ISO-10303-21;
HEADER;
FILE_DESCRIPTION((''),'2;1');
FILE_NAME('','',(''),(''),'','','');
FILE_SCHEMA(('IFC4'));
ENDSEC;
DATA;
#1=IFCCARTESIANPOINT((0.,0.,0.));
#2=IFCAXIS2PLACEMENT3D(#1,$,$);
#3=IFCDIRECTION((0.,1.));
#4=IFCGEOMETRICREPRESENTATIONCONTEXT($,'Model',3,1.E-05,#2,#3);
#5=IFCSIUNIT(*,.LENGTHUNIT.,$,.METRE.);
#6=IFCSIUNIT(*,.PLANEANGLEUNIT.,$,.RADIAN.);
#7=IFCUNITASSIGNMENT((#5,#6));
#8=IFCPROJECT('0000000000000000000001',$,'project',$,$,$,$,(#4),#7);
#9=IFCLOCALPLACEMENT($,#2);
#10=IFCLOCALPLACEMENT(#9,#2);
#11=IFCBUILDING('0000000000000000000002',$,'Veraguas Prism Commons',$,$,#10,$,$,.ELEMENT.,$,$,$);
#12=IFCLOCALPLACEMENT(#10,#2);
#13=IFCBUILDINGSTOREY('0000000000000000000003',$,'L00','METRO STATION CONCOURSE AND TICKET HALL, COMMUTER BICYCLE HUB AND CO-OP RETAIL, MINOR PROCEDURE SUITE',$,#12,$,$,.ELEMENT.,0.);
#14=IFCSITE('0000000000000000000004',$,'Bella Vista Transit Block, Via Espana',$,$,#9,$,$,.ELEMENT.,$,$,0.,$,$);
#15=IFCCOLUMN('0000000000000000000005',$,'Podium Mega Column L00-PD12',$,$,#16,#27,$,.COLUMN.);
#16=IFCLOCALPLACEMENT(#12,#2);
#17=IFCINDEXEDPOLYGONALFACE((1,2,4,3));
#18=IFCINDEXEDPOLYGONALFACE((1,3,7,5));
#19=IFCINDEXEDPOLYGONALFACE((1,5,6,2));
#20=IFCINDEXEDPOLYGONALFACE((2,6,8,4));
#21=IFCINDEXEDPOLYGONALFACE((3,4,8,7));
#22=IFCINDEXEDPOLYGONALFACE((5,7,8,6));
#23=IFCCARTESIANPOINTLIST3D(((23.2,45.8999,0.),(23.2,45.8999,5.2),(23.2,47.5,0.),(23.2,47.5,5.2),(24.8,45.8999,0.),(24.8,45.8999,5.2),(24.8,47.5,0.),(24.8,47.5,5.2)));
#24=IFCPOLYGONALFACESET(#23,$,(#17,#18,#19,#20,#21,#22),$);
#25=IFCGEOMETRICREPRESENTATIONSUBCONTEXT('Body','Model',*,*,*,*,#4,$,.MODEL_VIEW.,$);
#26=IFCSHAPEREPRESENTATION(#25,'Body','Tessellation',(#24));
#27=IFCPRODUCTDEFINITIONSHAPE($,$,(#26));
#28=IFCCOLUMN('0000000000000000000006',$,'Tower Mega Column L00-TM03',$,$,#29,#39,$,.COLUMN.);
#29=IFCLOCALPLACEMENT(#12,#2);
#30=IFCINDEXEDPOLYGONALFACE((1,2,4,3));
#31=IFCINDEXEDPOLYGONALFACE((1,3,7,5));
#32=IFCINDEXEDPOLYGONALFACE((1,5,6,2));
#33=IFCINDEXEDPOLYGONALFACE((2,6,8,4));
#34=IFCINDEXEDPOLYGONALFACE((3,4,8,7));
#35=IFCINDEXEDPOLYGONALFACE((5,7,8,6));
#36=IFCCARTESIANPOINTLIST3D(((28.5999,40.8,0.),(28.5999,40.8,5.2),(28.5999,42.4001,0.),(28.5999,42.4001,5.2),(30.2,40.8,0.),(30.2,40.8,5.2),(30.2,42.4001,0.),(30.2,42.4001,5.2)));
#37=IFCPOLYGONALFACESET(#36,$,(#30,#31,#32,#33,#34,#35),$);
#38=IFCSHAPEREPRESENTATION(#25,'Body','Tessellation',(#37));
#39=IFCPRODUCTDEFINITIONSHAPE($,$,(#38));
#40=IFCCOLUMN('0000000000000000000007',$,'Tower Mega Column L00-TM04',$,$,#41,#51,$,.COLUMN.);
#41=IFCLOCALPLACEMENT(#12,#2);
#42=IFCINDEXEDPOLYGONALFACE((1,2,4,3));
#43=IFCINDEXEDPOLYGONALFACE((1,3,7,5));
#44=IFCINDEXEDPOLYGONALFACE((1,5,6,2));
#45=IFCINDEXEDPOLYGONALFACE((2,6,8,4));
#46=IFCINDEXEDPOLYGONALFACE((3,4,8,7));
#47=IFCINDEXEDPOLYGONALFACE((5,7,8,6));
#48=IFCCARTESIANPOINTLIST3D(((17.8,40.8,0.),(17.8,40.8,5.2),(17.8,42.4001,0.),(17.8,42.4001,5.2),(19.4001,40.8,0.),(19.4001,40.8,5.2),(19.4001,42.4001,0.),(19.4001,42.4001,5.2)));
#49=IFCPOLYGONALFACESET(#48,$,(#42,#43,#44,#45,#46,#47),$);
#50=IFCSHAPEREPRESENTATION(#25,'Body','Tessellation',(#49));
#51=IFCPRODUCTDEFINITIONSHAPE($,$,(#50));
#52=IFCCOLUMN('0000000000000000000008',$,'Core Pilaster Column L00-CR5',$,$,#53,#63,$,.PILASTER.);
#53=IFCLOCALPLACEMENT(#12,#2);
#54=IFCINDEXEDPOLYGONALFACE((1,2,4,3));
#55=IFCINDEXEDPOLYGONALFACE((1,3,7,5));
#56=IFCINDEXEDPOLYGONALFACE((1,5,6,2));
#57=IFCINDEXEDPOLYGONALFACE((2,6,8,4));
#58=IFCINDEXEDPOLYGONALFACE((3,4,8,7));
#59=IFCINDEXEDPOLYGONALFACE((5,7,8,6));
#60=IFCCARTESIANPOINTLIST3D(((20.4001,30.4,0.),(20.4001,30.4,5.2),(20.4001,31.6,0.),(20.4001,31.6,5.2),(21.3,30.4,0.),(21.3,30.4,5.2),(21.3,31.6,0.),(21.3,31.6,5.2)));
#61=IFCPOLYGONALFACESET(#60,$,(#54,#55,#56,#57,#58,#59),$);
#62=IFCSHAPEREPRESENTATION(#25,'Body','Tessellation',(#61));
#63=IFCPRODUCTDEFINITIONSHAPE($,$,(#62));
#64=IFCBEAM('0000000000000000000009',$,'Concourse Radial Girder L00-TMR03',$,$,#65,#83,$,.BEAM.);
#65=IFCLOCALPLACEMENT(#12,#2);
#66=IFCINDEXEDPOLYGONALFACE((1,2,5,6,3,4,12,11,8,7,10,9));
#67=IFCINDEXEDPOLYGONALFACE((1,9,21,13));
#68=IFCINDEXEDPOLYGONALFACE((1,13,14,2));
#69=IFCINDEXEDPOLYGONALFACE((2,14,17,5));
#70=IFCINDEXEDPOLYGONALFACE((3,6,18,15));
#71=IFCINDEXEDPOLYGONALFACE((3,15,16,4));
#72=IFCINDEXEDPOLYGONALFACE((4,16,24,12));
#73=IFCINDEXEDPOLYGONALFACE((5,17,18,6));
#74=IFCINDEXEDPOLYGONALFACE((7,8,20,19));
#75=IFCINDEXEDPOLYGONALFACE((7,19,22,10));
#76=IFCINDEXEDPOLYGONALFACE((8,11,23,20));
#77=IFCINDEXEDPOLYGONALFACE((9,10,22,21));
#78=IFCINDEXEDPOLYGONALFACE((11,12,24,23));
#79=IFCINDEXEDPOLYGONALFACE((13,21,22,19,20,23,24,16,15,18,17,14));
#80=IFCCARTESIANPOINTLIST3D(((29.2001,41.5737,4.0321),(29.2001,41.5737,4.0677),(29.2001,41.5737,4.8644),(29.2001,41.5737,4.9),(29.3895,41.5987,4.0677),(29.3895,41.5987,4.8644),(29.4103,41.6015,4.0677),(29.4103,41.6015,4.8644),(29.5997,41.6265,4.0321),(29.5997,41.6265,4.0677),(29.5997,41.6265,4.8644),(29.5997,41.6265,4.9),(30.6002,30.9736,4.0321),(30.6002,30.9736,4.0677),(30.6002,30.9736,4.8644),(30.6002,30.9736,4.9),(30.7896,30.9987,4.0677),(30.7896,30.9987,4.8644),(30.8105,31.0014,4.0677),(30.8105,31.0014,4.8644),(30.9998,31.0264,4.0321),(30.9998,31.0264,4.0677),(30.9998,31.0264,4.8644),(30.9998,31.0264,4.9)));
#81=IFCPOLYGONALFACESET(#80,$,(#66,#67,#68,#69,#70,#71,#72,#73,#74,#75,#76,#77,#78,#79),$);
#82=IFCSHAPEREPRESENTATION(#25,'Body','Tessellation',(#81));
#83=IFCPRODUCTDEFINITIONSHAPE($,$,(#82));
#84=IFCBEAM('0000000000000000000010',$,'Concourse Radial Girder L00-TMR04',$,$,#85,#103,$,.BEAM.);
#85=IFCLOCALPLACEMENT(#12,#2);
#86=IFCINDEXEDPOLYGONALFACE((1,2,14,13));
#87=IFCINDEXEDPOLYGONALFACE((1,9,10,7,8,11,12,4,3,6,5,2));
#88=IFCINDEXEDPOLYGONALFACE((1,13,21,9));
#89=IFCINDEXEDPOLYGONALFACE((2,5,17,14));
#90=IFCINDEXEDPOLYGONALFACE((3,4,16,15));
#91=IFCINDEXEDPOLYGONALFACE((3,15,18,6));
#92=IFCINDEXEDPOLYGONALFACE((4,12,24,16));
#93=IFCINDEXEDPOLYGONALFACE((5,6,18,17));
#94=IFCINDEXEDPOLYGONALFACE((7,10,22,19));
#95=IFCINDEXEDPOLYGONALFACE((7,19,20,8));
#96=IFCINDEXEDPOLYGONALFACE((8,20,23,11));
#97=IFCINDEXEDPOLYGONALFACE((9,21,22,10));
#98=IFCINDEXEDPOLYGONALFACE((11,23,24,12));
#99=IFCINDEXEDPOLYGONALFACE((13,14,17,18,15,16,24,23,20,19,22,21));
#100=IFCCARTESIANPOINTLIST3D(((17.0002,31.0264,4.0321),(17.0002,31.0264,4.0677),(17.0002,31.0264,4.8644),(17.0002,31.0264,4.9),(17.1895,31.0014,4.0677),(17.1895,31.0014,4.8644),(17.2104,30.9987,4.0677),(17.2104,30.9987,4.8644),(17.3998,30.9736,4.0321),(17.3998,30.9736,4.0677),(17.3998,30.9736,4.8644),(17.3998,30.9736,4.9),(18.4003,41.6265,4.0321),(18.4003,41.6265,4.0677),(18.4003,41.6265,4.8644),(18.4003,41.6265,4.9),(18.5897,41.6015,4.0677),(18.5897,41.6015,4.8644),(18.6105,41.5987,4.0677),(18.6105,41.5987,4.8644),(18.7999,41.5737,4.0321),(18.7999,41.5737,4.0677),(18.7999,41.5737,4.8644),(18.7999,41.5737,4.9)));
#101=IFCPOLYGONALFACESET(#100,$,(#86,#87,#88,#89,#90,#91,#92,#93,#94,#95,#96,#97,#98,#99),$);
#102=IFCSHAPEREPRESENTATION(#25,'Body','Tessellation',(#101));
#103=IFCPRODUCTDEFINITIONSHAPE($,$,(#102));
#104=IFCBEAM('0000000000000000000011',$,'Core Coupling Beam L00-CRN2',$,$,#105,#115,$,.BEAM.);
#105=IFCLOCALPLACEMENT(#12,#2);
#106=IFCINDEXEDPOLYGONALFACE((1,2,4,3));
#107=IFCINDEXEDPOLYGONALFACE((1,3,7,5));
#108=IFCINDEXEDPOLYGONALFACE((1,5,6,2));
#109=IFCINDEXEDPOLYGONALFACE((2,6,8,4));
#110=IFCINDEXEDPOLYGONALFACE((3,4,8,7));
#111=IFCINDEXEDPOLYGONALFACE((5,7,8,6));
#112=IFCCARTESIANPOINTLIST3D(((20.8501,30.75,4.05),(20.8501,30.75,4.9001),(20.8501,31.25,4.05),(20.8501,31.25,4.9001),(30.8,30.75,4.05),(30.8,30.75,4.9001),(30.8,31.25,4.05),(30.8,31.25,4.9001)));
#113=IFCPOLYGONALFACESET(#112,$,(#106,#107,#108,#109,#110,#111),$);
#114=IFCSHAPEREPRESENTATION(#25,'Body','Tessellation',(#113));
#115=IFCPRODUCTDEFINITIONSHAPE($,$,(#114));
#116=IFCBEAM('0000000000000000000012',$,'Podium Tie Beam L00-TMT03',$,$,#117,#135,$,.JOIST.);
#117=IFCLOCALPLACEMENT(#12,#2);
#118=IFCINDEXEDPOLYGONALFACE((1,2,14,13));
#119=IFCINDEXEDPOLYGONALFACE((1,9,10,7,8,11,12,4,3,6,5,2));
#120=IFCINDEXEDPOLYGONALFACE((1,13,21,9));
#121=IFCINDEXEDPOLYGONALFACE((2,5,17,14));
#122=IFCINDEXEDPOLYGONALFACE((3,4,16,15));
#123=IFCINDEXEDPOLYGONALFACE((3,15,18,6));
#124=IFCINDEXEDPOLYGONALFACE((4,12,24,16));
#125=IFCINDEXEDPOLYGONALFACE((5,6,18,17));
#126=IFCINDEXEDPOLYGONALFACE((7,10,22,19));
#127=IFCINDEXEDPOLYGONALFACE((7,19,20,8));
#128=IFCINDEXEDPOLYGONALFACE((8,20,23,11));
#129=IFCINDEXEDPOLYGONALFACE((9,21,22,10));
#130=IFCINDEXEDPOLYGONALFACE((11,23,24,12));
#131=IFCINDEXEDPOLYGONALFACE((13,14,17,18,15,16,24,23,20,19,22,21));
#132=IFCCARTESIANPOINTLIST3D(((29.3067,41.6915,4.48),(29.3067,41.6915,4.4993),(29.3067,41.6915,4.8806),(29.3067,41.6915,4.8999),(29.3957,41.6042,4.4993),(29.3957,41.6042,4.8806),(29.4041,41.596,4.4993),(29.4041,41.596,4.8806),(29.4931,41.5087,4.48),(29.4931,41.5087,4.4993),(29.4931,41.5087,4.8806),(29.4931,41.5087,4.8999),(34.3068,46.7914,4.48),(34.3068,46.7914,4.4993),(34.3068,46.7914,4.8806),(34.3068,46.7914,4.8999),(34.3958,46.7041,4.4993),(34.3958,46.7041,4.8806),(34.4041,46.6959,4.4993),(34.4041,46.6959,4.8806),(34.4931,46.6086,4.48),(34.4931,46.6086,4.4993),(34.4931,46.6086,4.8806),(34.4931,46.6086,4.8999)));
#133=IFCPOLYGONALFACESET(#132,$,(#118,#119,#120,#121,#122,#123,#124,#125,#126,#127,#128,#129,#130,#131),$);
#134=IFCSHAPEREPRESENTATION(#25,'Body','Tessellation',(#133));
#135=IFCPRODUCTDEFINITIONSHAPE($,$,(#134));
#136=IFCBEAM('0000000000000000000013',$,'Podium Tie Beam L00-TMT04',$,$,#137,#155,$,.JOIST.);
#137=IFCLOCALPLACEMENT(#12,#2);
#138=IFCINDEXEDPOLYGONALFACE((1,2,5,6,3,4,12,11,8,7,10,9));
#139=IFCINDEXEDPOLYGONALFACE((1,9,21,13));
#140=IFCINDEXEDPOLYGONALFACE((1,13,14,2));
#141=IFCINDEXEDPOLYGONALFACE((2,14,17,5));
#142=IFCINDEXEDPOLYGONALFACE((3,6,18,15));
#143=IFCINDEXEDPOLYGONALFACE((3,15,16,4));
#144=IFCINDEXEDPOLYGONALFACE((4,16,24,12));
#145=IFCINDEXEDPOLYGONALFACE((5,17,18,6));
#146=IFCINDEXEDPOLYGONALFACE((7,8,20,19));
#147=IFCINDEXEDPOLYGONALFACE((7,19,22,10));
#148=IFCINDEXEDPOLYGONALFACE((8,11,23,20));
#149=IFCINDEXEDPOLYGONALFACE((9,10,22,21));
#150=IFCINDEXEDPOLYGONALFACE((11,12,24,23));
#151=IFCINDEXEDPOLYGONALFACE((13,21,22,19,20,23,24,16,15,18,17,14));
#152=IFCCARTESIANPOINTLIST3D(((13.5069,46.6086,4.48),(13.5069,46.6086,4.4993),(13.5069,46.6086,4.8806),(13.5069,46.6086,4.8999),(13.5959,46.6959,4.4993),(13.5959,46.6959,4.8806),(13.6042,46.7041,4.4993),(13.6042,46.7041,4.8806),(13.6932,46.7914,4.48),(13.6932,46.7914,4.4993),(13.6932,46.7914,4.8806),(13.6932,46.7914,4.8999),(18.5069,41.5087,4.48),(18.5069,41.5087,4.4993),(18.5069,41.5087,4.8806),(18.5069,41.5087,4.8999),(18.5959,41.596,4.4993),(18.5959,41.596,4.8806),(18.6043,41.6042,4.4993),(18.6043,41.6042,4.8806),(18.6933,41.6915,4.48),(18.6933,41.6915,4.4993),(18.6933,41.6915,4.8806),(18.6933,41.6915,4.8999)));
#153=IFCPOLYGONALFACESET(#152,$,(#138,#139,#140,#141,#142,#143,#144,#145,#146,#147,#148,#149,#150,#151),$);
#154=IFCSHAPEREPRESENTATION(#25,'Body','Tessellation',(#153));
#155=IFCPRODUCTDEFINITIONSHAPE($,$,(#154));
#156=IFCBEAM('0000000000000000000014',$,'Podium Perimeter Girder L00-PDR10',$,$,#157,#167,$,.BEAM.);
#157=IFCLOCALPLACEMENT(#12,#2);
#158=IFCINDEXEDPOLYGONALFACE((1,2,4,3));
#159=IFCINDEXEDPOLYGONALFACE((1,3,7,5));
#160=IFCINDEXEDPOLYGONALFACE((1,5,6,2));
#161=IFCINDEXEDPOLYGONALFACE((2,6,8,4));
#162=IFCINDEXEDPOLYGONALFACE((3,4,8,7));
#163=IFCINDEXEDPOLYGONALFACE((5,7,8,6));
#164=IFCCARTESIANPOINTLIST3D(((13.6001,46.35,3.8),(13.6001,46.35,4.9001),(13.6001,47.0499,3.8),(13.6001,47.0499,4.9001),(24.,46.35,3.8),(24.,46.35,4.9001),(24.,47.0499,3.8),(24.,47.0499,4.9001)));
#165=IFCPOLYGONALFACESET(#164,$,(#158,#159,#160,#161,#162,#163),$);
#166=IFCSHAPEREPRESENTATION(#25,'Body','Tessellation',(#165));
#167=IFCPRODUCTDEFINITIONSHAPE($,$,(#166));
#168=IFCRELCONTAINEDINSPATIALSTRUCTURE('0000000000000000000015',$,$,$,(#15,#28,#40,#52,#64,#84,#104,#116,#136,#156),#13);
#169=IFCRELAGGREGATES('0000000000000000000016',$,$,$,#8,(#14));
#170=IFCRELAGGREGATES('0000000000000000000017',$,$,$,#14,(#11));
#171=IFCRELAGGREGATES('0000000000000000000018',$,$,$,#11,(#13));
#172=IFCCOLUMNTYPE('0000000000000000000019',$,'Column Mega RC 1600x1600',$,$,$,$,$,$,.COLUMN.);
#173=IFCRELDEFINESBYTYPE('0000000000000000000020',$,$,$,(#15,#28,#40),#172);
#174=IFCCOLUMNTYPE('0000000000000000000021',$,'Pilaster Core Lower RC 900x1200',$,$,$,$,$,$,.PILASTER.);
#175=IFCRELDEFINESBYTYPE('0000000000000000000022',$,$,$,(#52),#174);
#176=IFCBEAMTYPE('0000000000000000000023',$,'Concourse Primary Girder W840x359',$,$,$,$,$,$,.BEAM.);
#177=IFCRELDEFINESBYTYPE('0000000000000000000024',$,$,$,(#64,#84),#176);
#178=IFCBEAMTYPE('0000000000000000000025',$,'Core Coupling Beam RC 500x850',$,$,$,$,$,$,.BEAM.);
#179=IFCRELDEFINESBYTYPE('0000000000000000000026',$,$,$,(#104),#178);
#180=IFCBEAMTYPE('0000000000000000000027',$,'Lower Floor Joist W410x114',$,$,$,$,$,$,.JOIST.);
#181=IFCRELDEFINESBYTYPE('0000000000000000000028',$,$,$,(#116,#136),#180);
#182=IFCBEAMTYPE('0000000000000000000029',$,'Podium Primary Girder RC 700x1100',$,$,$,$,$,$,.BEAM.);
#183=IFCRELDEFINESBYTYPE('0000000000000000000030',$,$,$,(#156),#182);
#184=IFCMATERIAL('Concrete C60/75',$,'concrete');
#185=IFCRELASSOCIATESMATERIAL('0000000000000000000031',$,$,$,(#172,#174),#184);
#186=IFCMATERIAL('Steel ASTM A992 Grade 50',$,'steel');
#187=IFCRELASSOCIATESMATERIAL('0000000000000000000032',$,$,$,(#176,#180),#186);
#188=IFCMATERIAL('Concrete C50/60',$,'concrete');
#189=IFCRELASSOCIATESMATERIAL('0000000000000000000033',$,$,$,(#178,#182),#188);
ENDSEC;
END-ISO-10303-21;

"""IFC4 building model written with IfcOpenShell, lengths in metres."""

from ifc_helpers import new_model, si_unit, direction, frame, origin, origin_2d, place, context, subcontext, project, spatial, rectangle, i_section, extrude, material, material_profile, profile_set, type_object, element, save


model = new_model("IFC4")

# Units and contexts
model_context = context("Model", 3, precision=1e-05, world=origin(), true_north=direction((0.0, 1.0)))
body_context = subcontext(model_context, "Body", "Model", "MODEL_VIEW")
ifc_project = project(units=[si_unit("LENGTHUNIT", "METRE"), si_unit("PLANEANGLEUNIT", "RADIAN")], contexts=[model_context])

# Site, building, storey
site_placement = place(None, origin())
site = spatial("IfcSite", under=ifc_project, at=site_placement, Name="Bella Vista Transit Block, Via Espana", CompositionType="ELEMENT", RefElevation=0.0)
building_placement = place(site_placement, origin())
building = spatial("IfcBuilding", under=site, at=building_placement, Name="Veraguas Prism Commons", CompositionType="ELEMENT")
storey_placement = place(building_placement, origin())
storey = spatial("IfcBuildingStorey", under=building, at=storey_placement, Name="L00", Description="METRO STATION CONCOURSE AND TICKET HALL, COMMUTER BICYCLE HUB AND CO-OP RETAIL, MINOR PROCEDURE SUITE", CompositionType="ELEMENT", Elevation=0.0)

# Columns
ifc_material_1 = material(Name="Concrete C60/75", Category="concrete")
ifc_material_profile_1 = material_profile(ifc_material_1, rectangle(XDim=1.6001, YDim=1.6001, at=origin_2d()), Name="RC1600X1600")
ifc_profile_set_1 = profile_set([ifc_material_profile_1], Name="Concrete C60/75")
column_type_1 = type_object("IfcColumnType", Name="Column Mega RC 1600x1600", PredefinedType="COLUMN", material=ifc_profile_set_1)
for number, where, z_axis, x_axis, name in (
    (1, (24.0, 46.7, 0.0), (0.0, 0.0, 1.0), (1.0, 0.0, 0.0), "Podium Mega Column L00-PD12"),
    (2, (29.3999, 41.6001, 0.0), (0.0, 0.0, 1.0), (1.0, 0.0, 0.0), "Tower Mega Column L00-TM03"),
    (3, (18.6001, 41.6001, 0.0), (0.0, 0.0, 1.0), (1.0, 0.0, 0.0), "Tower Mega Column L00-TM04"),
):
    element("IfcColumn", number, at=place(storey_placement, frame(where, z_axis=z_axis, x_axis=x_axis)), inside=storey, type_object=column_type_1, Name=name, PredefinedType="COLUMN", context=body_context, shape_type="SweptSolid", body=[
        extrude(rectangle(XDim=1.6001, YDim=1.6001, at=origin_2d()), origin(), (0.0, 0.0, 1.0), 5.2),
    ])
ifc_material_profile_2 = material_profile(ifc_material_1, rectangle(XDim=0.8999, YDim=1.2, at=origin_2d()), Name="RC900X1200")
ifc_profile_set_2 = profile_set([ifc_material_profile_2], Name="Concrete C60/75")
column_type_2 = type_object("IfcColumnType", Name="Pilaster Core Lower RC 900x1200", PredefinedType="PILASTER", material=ifc_profile_set_2)
column_placement = place(storey_placement, frame((20.8501, 31.0, 0.0), z_axis=(0.0, 0.0, 1.0), x_axis=(1.0, 0.0, 0.0)))
element("IfcColumn", 4, at=column_placement, inside=storey, type_object=column_type_2, Name="Core Pilaster Column L00-CR5", PredefinedType="PILASTER", context=body_context, shape_type="SweptSolid", body=[
    extrude(rectangle(XDim=0.8999, YDim=1.2, at=origin_2d()), origin(), (0.0, 0.0, 1.0), 5.2),
])

# Beams
ifc_material_2 = material(Name="Steel ASTM A992 Grade 50", Category="steel")
ifc_material_profile_3 = material_profile(ifc_material_2, i_section(OverallWidth=0.4031, OverallDepth=0.8679, WebThickness=0.021, FlangeThickness=0.0356, at=origin_2d()), Name="W840X359")
ifc_profile_set_3 = profile_set([ifc_material_profile_3], Name="Steel ASTM A992 Grade 50")
beam_type_1 = type_object("IfcBeamType", Name="Concourse Primary Girder W840x359", PredefinedType="BEAM", material=ifc_profile_set_3)
for number, where, z_axis, x_axis, name in (
    (5, (29.3999, 41.6001, 4.4661), (0.130951, -0.991389, 0.0), (0.991389, 0.130951, 0.0), "Concourse Radial Girder L00-TMR03"),
    (6, (18.6001, 41.6001, 4.4661), (-0.130951, -0.991389, 0.0), (0.991389, -0.130951, 0.0), "Concourse Radial Girder L00-TMR04"),
):
    element("IfcBeam", number, at=place(storey_placement, frame(where, z_axis=z_axis, x_axis=x_axis)), inside=storey, type_object=beam_type_1, Name=name, PredefinedType="BEAM", context=body_context, shape_type="SweptSolid", body=[
        extrude(i_section(OverallWidth=0.4031, OverallDepth=0.8679, WebThickness=0.021, FlangeThickness=0.0356, at=origin_2d()), origin(), (0.0, 0.0, 1.0), 10.6921),
    ])
ifc_material_3 = material(Name="Concrete C50/60", Category="concrete")
ifc_material_profile_4 = material_profile(ifc_material_3, rectangle(XDim=0.5, YDim=0.8501, at=origin_2d()), Name="RC500X850")
ifc_profile_set_4 = profile_set([ifc_material_profile_4], Name="Concrete C50/60")
beam_type_2 = type_object("IfcBeamType", Name="Core Coupling Beam RC 500x850", PredefinedType="BEAM", material=ifc_profile_set_4)
beam_1_placement = place(storey_placement, frame((20.8501, 31.0, 4.4751), z_axis=(1.0, 0.0, 0.0), x_axis=(0.0, 1.0, 0.0)))
element("IfcBeam", 7, at=beam_1_placement, inside=storey, type_object=beam_type_2, Name="Core Coupling Beam L00-CRN2", PredefinedType="BEAM", context=body_context, shape_type="SweptSolid", body=[
    extrude(rectangle(XDim=0.5, YDim=0.8501, at=origin_2d()), origin(), (0.0, 0.0, 1.0), 9.95),
])
ifc_material_profile_5 = material_profile(ifc_material_2, i_section(OverallWidth=0.261, OverallDepth=0.4199, WebThickness=0.0117, FlangeThickness=0.0193, at=origin_2d()), Name="W410X114")
ifc_profile_set_5 = profile_set([ifc_material_profile_5], Name="Steel ASTM A992 Grade 50")
beam_type_3 = type_object("IfcBeamType", Name="Lower Floor Joist W410x114", PredefinedType="JOIST", material=ifc_profile_set_5)
for number, where, z_axis, x_axis, name in (
    (8, (29.3999, 41.6001, 4.6899), (0.700082, 0.714063, 0.0), (-0.714063, 0.700082, 0.0), "Podium Tie Beam L00-TMT03"),
    (9, (18.6001, 41.6001, 4.6899), (-0.700082, 0.714063, 0.0), (-0.714063, -0.700082, 0.0), "Podium Tie Beam L00-TMT04"),
):
    element("IfcBeam", number, at=place(storey_placement, frame(where, z_axis=z_axis, x_axis=x_axis)), inside=storey, type_object=beam_type_3, Name=name, PredefinedType="JOIST", context=body_context, shape_type="SweptSolid", body=[
        extrude(i_section(OverallWidth=0.261, OverallDepth=0.4199, WebThickness=0.0117, FlangeThickness=0.0193, at=origin_2d()), origin(), (0.0, 0.0, 1.0), 7.1421),
    ])
ifc_material_profile_6 = material_profile(ifc_material_3, rectangle(XDim=0.7, YDim=1.1001, at=origin_2d()), Name="RC700X1100")
ifc_profile_set_6 = profile_set([ifc_material_profile_6], Name="Concrete C50/60")
beam_type_4 = type_object("IfcBeamType", Name="Podium Primary Girder RC 700x1100", PredefinedType="BEAM", material=ifc_profile_set_6)
beam_2_placement = place(storey_placement, frame((24.0, 46.7, 4.3501), z_axis=(-1.0, 0.0, 0.0), x_axis=(0.0, -1.0, 0.0)))
element("IfcBeam", 10, at=beam_2_placement, inside=storey, type_object=beam_type_4, Name="Podium Perimeter Girder L00-PDR10", PredefinedType="BEAM", context=body_context, shape_type="SweptSolid", body=[
    extrude(rectangle(XDim=0.7, YDim=1.1001, at=origin_2d()), origin(), (0.0, 0.0, 1.0), 10.3999),
])

save(model, "model.ifc")
